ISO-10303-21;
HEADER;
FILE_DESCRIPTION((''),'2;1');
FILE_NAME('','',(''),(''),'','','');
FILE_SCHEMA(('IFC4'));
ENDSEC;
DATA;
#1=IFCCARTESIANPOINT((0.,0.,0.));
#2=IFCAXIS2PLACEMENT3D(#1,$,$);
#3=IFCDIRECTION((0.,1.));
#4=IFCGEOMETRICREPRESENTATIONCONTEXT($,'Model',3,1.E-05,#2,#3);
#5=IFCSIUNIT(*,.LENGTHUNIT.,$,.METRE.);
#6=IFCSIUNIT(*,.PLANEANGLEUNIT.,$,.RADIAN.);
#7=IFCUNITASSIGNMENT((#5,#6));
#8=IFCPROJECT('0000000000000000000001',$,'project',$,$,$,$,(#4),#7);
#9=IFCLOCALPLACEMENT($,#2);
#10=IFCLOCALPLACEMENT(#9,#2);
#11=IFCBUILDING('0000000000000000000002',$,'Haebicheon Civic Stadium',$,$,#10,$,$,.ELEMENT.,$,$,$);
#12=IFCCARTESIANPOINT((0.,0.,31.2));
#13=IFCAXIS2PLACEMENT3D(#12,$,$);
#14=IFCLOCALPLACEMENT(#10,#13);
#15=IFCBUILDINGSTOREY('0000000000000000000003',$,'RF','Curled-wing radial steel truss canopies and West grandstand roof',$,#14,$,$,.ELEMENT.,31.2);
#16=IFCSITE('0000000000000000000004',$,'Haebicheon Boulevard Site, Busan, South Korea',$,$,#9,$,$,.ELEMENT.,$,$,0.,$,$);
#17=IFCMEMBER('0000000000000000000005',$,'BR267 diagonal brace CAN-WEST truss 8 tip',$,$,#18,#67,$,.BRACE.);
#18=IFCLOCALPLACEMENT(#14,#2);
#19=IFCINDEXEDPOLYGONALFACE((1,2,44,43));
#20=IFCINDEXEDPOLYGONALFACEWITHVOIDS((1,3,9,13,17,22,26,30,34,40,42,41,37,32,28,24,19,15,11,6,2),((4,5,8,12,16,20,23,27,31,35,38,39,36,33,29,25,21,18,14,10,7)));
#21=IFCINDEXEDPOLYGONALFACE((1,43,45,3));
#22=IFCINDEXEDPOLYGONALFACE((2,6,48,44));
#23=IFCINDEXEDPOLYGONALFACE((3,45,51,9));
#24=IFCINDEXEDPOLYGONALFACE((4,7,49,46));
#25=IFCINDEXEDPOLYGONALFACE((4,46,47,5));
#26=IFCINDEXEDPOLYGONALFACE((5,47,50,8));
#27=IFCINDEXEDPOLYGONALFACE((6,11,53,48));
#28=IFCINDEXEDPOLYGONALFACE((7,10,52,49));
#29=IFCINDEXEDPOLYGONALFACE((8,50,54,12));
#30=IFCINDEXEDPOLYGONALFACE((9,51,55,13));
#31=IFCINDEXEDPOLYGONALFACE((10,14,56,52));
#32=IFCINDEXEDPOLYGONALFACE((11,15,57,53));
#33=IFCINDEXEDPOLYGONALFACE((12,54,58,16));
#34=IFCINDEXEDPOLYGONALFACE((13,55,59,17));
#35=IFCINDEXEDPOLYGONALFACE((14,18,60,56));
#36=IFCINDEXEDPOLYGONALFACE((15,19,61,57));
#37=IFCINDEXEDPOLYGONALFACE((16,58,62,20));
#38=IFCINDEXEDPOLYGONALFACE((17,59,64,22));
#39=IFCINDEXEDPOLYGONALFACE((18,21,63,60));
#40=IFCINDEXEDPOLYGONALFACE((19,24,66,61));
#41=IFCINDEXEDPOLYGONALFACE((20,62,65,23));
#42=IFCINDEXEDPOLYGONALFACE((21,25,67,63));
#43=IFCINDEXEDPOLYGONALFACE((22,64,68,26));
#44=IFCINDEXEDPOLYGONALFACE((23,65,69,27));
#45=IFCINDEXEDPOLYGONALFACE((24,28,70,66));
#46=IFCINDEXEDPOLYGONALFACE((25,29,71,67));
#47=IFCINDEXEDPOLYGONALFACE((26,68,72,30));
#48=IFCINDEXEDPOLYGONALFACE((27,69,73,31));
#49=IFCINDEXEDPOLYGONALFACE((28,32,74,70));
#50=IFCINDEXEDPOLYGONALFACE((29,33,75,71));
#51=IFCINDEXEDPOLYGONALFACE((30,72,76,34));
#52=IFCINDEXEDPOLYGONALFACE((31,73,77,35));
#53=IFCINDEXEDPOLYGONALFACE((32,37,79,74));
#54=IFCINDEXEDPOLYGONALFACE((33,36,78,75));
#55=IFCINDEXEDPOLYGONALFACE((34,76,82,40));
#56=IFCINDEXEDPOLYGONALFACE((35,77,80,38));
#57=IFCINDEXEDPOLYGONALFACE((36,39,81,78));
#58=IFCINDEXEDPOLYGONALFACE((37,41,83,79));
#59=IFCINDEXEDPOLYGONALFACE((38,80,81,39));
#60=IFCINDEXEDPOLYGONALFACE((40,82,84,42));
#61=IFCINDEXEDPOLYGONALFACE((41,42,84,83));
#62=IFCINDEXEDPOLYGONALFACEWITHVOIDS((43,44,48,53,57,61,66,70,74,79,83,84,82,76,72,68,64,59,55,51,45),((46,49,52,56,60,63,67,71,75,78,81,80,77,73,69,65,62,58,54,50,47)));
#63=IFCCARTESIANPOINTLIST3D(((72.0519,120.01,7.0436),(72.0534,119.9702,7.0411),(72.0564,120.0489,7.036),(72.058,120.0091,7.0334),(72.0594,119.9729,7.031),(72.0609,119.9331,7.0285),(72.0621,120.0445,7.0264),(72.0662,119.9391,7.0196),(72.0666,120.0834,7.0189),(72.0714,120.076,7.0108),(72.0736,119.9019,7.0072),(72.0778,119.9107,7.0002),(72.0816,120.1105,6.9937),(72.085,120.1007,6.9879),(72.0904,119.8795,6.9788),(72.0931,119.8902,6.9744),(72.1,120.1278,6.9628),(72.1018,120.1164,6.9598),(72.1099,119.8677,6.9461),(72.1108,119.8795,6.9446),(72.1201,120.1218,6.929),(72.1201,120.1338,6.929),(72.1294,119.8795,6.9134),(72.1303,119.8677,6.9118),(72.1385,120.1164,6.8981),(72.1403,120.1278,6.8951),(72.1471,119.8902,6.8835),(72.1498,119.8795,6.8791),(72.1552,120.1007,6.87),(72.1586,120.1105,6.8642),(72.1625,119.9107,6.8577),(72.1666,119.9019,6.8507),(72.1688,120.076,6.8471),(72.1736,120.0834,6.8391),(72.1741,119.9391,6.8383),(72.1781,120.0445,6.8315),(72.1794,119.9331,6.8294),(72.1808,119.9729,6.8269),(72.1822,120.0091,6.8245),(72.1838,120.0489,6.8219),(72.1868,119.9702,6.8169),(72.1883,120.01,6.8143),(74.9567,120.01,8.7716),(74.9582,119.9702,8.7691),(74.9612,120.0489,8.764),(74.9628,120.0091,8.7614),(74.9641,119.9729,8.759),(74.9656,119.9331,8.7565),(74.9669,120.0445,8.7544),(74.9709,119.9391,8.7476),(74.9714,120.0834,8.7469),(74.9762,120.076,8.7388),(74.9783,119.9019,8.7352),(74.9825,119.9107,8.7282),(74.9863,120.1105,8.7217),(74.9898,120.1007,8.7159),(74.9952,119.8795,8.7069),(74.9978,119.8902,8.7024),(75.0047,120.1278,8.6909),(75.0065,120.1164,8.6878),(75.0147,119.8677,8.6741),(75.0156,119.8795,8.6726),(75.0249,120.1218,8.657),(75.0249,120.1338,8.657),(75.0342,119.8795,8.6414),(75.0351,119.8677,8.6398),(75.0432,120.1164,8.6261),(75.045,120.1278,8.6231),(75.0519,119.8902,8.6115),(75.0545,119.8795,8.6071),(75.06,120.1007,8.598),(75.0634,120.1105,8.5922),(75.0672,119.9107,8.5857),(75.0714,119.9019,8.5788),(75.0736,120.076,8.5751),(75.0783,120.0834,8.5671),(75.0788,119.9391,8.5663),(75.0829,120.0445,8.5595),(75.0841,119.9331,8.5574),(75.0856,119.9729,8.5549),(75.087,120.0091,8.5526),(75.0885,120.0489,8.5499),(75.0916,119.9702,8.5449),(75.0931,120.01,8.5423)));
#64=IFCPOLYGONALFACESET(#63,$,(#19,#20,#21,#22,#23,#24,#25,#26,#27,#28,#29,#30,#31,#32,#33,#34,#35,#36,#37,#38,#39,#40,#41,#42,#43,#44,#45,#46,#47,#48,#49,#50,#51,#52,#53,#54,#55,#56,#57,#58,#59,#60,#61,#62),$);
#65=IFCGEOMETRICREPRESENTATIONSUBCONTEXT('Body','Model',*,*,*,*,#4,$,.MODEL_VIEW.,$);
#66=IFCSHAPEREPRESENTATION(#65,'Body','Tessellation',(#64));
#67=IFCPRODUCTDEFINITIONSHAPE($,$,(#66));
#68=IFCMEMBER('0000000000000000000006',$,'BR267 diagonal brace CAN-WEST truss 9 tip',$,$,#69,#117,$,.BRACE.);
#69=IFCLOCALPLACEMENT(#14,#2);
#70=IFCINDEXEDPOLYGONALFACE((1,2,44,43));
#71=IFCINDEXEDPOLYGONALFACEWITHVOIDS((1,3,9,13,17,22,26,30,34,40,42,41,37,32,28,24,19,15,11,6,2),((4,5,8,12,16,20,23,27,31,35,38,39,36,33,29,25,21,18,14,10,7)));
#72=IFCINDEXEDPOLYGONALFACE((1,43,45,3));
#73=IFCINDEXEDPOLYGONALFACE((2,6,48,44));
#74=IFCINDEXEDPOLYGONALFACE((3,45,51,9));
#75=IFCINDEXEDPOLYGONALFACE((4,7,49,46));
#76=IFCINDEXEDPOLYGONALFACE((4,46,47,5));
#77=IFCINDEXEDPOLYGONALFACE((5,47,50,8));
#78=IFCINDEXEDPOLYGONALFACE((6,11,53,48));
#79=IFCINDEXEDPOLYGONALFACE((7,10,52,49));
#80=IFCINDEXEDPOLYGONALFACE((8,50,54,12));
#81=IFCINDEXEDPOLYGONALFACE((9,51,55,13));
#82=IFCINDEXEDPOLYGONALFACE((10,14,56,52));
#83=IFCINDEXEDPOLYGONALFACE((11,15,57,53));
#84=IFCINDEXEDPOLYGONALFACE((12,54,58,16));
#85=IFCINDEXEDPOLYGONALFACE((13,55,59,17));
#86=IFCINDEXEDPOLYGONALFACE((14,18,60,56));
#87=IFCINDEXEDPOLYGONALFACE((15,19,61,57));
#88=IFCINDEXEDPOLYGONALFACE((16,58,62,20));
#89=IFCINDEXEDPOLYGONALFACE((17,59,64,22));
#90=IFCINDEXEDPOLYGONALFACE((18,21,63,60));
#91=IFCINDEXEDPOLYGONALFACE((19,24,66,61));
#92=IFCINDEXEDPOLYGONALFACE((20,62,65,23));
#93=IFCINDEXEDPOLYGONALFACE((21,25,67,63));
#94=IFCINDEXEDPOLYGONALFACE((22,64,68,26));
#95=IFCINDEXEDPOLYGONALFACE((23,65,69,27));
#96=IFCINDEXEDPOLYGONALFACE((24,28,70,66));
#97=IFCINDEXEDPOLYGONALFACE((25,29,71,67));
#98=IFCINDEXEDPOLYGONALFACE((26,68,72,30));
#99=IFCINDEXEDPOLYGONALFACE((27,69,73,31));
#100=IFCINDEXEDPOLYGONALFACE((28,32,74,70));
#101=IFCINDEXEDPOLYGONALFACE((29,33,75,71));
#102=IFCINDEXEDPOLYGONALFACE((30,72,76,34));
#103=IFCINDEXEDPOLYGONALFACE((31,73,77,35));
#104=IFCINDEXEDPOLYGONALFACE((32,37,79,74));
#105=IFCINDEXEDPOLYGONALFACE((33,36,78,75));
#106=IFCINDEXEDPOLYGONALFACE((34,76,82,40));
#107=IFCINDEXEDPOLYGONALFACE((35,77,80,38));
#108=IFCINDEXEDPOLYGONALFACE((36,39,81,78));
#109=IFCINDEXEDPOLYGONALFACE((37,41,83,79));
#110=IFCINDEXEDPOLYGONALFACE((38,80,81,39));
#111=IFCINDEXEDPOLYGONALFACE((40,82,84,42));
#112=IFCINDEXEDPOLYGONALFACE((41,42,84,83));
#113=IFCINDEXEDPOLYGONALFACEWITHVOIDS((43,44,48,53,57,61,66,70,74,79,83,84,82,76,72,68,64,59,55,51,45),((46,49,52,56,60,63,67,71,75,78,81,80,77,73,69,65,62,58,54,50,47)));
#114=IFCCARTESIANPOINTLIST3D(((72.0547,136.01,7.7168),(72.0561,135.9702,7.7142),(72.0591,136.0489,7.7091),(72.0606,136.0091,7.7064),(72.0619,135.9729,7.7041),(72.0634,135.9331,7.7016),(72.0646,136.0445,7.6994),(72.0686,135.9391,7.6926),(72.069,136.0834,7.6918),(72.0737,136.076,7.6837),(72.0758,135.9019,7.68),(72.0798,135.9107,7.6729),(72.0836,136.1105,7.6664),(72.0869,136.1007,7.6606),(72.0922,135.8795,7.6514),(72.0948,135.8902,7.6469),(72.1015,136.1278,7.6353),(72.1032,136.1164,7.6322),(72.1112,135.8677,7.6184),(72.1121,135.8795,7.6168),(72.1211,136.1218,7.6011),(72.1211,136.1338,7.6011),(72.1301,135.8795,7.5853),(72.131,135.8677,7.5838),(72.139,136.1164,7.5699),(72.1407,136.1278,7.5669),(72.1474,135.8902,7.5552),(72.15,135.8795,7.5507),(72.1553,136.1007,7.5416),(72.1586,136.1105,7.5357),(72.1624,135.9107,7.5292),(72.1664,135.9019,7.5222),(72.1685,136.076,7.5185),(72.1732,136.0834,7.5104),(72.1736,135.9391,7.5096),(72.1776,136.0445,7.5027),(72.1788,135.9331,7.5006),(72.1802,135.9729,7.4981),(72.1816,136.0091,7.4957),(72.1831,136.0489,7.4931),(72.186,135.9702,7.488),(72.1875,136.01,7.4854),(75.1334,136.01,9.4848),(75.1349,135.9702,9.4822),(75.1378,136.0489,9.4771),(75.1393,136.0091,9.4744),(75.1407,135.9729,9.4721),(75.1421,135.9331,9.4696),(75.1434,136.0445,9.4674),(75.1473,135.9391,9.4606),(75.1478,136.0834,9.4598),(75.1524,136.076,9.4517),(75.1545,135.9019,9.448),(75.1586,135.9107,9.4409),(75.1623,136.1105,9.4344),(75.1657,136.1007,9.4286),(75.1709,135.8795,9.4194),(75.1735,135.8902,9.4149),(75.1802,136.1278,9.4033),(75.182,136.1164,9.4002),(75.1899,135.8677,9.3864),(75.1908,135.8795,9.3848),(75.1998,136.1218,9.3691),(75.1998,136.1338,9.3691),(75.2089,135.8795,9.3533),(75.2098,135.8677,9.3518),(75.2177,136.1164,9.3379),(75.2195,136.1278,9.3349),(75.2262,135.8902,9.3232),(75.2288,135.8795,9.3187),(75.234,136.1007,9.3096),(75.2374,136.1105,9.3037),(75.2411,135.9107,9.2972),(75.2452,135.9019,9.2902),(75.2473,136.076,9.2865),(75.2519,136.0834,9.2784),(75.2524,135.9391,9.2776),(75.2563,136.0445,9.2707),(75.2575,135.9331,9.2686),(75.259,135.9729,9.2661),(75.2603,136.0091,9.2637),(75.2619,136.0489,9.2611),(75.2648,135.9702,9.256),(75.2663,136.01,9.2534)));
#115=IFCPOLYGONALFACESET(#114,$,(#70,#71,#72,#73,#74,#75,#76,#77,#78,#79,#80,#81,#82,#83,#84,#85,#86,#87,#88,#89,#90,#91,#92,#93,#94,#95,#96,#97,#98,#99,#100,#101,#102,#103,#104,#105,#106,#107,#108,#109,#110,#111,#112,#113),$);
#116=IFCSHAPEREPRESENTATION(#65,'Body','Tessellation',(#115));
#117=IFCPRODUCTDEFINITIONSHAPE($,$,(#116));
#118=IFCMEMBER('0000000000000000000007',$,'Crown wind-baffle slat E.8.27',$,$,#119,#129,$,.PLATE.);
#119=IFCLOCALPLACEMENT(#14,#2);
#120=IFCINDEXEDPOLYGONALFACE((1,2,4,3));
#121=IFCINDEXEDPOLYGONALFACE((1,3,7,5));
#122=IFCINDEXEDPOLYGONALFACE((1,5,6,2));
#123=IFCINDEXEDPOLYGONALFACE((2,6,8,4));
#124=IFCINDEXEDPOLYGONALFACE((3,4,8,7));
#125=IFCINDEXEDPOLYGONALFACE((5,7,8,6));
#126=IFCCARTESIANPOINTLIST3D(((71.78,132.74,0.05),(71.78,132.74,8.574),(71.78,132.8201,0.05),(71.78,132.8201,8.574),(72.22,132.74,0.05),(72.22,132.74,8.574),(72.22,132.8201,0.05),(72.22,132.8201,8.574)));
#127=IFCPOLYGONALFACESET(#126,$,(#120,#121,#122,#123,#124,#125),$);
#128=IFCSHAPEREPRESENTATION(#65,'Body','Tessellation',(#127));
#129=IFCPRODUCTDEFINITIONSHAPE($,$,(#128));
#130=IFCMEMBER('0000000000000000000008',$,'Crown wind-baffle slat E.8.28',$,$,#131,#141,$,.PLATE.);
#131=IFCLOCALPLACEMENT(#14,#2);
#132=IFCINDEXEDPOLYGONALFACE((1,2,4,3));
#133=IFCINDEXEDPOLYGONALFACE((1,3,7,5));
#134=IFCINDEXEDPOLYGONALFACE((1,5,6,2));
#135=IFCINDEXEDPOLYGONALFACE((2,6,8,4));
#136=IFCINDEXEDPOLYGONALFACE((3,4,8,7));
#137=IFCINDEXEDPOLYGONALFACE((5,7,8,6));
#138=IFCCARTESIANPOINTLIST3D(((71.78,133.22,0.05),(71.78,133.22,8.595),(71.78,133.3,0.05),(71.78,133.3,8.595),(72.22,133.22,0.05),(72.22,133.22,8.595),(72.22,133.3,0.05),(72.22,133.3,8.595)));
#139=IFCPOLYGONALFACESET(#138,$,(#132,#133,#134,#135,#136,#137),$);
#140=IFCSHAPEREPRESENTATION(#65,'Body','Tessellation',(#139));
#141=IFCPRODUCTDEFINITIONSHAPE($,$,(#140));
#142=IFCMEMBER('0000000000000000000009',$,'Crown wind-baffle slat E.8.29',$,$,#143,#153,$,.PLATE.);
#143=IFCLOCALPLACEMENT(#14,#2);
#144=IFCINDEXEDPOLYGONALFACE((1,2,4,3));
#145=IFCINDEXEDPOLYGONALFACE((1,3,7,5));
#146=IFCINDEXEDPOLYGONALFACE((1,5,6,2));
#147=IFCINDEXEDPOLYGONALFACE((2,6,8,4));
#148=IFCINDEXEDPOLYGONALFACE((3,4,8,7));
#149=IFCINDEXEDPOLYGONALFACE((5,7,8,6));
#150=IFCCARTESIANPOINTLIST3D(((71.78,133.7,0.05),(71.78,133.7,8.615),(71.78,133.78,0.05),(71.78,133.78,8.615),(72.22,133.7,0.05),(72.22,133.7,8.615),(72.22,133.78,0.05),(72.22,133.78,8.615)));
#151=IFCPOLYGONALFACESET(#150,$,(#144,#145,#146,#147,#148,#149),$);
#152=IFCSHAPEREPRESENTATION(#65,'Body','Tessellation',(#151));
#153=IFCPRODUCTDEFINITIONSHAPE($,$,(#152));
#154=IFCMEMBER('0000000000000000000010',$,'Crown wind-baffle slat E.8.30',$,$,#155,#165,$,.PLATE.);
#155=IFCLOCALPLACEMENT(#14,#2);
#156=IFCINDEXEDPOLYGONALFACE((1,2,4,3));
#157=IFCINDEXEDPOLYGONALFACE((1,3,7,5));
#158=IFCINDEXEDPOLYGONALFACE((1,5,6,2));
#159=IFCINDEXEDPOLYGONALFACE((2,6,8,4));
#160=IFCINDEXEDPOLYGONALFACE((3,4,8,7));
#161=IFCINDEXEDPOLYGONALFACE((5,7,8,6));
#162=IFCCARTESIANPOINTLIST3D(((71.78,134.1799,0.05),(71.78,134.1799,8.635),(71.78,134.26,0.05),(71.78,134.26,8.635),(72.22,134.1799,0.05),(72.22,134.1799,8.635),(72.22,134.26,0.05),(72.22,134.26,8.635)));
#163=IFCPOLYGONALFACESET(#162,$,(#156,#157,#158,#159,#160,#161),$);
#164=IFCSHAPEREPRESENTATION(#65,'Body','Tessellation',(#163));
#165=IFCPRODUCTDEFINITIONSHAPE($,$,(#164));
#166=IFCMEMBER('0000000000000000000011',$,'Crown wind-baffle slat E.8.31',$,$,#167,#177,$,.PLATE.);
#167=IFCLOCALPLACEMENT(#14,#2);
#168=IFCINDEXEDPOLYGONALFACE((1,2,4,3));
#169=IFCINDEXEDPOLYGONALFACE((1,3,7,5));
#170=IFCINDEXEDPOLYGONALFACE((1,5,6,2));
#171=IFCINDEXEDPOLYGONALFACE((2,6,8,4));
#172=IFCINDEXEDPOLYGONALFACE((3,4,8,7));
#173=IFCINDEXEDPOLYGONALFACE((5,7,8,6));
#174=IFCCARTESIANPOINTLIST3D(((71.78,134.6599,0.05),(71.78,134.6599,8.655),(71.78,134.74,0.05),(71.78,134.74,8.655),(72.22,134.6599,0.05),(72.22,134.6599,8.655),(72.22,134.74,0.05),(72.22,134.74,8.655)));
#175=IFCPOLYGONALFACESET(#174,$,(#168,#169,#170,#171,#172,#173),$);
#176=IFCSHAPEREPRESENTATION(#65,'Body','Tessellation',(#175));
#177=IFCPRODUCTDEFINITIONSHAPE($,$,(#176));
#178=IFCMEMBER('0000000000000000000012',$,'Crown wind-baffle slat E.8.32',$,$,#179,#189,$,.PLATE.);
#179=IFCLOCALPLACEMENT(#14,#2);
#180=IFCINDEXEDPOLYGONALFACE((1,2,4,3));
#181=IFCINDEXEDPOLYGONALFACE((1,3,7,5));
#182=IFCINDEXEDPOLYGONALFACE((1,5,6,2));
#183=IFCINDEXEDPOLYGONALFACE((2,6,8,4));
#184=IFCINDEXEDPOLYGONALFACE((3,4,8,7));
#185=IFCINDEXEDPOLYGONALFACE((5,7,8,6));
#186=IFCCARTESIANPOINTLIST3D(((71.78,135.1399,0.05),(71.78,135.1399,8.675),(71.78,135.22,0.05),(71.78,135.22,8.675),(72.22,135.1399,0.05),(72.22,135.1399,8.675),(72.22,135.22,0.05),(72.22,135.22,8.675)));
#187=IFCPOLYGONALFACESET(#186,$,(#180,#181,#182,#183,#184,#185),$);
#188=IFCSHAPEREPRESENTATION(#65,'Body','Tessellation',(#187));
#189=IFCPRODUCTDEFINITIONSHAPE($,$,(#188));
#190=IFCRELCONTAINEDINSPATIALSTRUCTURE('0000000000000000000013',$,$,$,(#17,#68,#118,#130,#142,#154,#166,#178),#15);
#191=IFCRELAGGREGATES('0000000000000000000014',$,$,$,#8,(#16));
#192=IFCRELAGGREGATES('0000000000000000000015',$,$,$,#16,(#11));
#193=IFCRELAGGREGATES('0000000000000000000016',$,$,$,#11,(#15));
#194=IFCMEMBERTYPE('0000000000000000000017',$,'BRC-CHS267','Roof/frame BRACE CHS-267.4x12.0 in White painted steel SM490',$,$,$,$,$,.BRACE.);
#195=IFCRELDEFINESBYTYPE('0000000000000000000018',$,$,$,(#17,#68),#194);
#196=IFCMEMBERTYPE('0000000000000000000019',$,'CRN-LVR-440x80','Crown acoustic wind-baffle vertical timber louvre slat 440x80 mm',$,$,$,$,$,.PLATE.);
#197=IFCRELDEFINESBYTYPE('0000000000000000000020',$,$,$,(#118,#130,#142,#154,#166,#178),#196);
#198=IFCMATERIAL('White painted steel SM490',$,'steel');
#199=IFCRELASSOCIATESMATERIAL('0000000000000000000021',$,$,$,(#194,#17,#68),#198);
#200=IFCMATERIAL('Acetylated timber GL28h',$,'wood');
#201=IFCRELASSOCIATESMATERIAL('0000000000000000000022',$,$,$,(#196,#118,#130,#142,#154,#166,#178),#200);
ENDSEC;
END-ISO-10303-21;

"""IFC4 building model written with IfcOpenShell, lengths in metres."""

from ifc_helpers import new_model, si_unit, direction, frame, origin, origin_2d, place, context, subcontext, project, spatial, rectangle, hollow_circle, extrude, material, material_profile, profile_set, type_object, element, save


model = new_model("IFC4")

# Units and contexts
model_context = context("Model", 3, precision=1e-05, world=origin(), true_north=direction((0.0, 1.0)))
body_context = subcontext(model_context, "Body", "Model", "MODEL_VIEW")
ifc_project = project(units=[si_unit("LENGTHUNIT", "METRE"), si_unit("PLANEANGLEUNIT", "RADIAN")], contexts=[model_context])

# Site, building, storey
site_placement = place(None, origin())
site = spatial("IfcSite", under=ifc_project, at=site_placement, Name="Haebicheon Boulevard Site, Busan, South Korea", CompositionType="ELEMENT", RefElevation=0.0)
building_placement = place(site_placement, origin())
building = spatial("IfcBuilding", under=site, at=building_placement, Name="Haebicheon Civic Stadium", CompositionType="ELEMENT")
storey_placement = place(building_placement, frame((0.0, 0.0, 31.2)))
storey = spatial("IfcBuildingStorey", under=building, at=storey_placement, Name="RF", Description="Curled-wing radial steel truss canopies and West grandstand roof", CompositionType="ELEMENT", Elevation=31.2)

# Members
ifc_material_1 = material(Name="White painted steel SM490", Category="steel")
ifc_material_profile_1 = material_profile(ifc_material_1, hollow_circle(Radius=0.1338, WallThickness=0.012, at=origin_2d()), Name="CHS-267.4x12.0")
ifc_profile_set_1 = profile_set([ifc_material_profile_1], Name="White painted steel SM490")
member_type_1 = type_object("IfcMemberType", Name="BRC-CHS267", Description="Roof/frame BRACE CHS-267.4x12.0 in White painted steel SM490", PredefinedType="BRACE", material=ifc_profile_set_1)
member_1_placement = place(storey_placement, frame((72.1201, 120.0, 6.929), z_axis=(0.859424, 0.0, 0.511263), x_axis=(0.0, 1.0, 0.0)))
element("IfcMember", 1, at=member_1_placement, inside=storey, type_object=member_type_1, material=ifc_profile_set_1, Name="BR267 diagonal brace CAN-WEST truss 8 tip", PredefinedType="BRACE", context=body_context, shape_type="SweptSolid", body=[
    extrude(hollow_circle(Radius=0.1338, WallThickness=0.012, at=origin_2d()), origin(), (0.0, 0.0, 1.0), 3.3799),
])
member_2_placement = place(storey_placement, frame((72.1211, 136.0, 7.6011), z_axis=(0.867183, 0.0, 0.497989), x_axis=(0.0, 1.0, 0.0)))
element("IfcMember", 2, at=member_2_placement, inside=storey, type_object=member_type_1, material=ifc_profile_set_1, Name="BR267 diagonal brace CAN-WEST truss 9 tip", PredefinedType="BRACE", context=body_context, shape_type="SweptSolid", body=[
    extrude(hollow_circle(Radius=0.1338, WallThickness=0.012, at=origin_2d()), origin(), (0.0, 0.0, 1.0), 3.5503),
])
ifc_material_2 = material(Name="Acetylated timber GL28h", Category="wood")
ifc_material_profile_2 = material_profile(ifc_material_2, rectangle(XDim=0.0801, YDim=0.4399, at=origin_2d()), Name="TMB-LOUV-80x440")
ifc_profile_set_2 = profile_set([ifc_material_profile_2], Name="Acetylated timber GL28h")
member_type_2 = type_object("IfcMemberType", Name="CRN-LVR-440x80", Description="Crown acoustic wind-baffle vertical timber louvre slat 440x80 mm", PredefinedType="PLATE", material=ifc_profile_set_2)
member_3_placement = place(storey_placement, frame((72.0, 132.78, 0.05), z_axis=(0.0, 0.0, 1.0), x_axis=(0.0, 1.0, 0.0)))
element("IfcMember", 3, at=member_3_placement, inside=storey, type_object=member_type_2, material=ifc_profile_set_2, Name="Crown wind-baffle slat E.8.27", PredefinedType="PLATE", context=body_context, shape_type="SweptSolid", body=[
    extrude(rectangle(XDim=0.0801, YDim=0.4399, at=origin_2d()), origin(), (0.0, 0.0, 1.0), 8.5239),
])
member_4_placement = place(storey_placement, frame((72.0, 133.26, 0.05), z_axis=(0.0, 0.0, 1.0), x_axis=(0.0, 1.0, 0.0)))
element("IfcMember", 4, at=member_4_placement, inside=storey, type_object=member_type_2, material=ifc_profile_set_2, Name="Crown wind-baffle slat E.8.28", PredefinedType="PLATE", context=body_context, shape_type="SweptSolid", body=[
    extrude(rectangle(XDim=0.0801, YDim=0.4399, at=origin_2d()), origin(), (0.0, 0.0, 1.0), 8.5449),
])
member_5_placement = place(storey_placement, frame((72.0, 133.74, 0.05), z_axis=(0.0, 0.0, 1.0), x_axis=(0.0, 1.0, 0.0)))
element("IfcMember", 5, at=member_5_placement, inside=storey, type_object=member_type_2, material=ifc_profile_set_2, Name="Crown wind-baffle slat E.8.29", PredefinedType="PLATE", context=body_context, shape_type="SweptSolid", body=[
    extrude(rectangle(XDim=0.0801, YDim=0.4399, at=origin_2d()), origin(), (0.0, 0.0, 1.0), 8.5649),
])
member_6_placement = place(storey_placement, frame((72.0, 134.22, 0.05), z_axis=(0.0, 0.0, 1.0), x_axis=(0.0, 1.0, 0.0)))
element("IfcMember", 6, at=member_6_placement, inside=storey, type_object=member_type_2, material=ifc_profile_set_2, Name="Crown wind-baffle slat E.8.30", PredefinedType="PLATE", context=body_context, shape_type="SweptSolid", body=[
    extrude(rectangle(XDim=0.0801, YDim=0.4399, at=origin_2d()), origin(), (0.0, 0.0, 1.0), 8.585),
])
member_7_placement = place(storey_placement, frame((72.0, 134.7, 0.05), z_axis=(0.0, 0.0, 1.0), x_axis=(0.0, 1.0, 0.0)))
element("IfcMember", 7, at=member_7_placement, inside=storey, type_object=member_type_2, material=ifc_profile_set_2, Name="Crown wind-baffle slat E.8.31", PredefinedType="PLATE", context=body_context, shape_type="SweptSolid", body=[
    extrude(rectangle(XDim=0.0801, YDim=0.4399, at=origin_2d()), origin(), (0.0, 0.0, 1.0), 8.605),
])
member_8_placement = place(storey_placement, frame((72.0, 135.1799, 0.05), z_axis=(0.0, 0.0, 1.0), x_axis=(0.0, 1.0, 0.0)))
element("IfcMember", 8, at=member_8_placement, inside=storey, type_object=member_type_2, material=ifc_profile_set_2, Name="Crown wind-baffle slat E.8.32", PredefinedType="PLATE", context=body_context, shape_type="SweptSolid", body=[
    extrude(rectangle(XDim=0.0801, YDim=0.4399, at=origin_2d()), origin(), (0.0, 0.0, 1.0), 8.625),
])

save(model, "model.ifc")
